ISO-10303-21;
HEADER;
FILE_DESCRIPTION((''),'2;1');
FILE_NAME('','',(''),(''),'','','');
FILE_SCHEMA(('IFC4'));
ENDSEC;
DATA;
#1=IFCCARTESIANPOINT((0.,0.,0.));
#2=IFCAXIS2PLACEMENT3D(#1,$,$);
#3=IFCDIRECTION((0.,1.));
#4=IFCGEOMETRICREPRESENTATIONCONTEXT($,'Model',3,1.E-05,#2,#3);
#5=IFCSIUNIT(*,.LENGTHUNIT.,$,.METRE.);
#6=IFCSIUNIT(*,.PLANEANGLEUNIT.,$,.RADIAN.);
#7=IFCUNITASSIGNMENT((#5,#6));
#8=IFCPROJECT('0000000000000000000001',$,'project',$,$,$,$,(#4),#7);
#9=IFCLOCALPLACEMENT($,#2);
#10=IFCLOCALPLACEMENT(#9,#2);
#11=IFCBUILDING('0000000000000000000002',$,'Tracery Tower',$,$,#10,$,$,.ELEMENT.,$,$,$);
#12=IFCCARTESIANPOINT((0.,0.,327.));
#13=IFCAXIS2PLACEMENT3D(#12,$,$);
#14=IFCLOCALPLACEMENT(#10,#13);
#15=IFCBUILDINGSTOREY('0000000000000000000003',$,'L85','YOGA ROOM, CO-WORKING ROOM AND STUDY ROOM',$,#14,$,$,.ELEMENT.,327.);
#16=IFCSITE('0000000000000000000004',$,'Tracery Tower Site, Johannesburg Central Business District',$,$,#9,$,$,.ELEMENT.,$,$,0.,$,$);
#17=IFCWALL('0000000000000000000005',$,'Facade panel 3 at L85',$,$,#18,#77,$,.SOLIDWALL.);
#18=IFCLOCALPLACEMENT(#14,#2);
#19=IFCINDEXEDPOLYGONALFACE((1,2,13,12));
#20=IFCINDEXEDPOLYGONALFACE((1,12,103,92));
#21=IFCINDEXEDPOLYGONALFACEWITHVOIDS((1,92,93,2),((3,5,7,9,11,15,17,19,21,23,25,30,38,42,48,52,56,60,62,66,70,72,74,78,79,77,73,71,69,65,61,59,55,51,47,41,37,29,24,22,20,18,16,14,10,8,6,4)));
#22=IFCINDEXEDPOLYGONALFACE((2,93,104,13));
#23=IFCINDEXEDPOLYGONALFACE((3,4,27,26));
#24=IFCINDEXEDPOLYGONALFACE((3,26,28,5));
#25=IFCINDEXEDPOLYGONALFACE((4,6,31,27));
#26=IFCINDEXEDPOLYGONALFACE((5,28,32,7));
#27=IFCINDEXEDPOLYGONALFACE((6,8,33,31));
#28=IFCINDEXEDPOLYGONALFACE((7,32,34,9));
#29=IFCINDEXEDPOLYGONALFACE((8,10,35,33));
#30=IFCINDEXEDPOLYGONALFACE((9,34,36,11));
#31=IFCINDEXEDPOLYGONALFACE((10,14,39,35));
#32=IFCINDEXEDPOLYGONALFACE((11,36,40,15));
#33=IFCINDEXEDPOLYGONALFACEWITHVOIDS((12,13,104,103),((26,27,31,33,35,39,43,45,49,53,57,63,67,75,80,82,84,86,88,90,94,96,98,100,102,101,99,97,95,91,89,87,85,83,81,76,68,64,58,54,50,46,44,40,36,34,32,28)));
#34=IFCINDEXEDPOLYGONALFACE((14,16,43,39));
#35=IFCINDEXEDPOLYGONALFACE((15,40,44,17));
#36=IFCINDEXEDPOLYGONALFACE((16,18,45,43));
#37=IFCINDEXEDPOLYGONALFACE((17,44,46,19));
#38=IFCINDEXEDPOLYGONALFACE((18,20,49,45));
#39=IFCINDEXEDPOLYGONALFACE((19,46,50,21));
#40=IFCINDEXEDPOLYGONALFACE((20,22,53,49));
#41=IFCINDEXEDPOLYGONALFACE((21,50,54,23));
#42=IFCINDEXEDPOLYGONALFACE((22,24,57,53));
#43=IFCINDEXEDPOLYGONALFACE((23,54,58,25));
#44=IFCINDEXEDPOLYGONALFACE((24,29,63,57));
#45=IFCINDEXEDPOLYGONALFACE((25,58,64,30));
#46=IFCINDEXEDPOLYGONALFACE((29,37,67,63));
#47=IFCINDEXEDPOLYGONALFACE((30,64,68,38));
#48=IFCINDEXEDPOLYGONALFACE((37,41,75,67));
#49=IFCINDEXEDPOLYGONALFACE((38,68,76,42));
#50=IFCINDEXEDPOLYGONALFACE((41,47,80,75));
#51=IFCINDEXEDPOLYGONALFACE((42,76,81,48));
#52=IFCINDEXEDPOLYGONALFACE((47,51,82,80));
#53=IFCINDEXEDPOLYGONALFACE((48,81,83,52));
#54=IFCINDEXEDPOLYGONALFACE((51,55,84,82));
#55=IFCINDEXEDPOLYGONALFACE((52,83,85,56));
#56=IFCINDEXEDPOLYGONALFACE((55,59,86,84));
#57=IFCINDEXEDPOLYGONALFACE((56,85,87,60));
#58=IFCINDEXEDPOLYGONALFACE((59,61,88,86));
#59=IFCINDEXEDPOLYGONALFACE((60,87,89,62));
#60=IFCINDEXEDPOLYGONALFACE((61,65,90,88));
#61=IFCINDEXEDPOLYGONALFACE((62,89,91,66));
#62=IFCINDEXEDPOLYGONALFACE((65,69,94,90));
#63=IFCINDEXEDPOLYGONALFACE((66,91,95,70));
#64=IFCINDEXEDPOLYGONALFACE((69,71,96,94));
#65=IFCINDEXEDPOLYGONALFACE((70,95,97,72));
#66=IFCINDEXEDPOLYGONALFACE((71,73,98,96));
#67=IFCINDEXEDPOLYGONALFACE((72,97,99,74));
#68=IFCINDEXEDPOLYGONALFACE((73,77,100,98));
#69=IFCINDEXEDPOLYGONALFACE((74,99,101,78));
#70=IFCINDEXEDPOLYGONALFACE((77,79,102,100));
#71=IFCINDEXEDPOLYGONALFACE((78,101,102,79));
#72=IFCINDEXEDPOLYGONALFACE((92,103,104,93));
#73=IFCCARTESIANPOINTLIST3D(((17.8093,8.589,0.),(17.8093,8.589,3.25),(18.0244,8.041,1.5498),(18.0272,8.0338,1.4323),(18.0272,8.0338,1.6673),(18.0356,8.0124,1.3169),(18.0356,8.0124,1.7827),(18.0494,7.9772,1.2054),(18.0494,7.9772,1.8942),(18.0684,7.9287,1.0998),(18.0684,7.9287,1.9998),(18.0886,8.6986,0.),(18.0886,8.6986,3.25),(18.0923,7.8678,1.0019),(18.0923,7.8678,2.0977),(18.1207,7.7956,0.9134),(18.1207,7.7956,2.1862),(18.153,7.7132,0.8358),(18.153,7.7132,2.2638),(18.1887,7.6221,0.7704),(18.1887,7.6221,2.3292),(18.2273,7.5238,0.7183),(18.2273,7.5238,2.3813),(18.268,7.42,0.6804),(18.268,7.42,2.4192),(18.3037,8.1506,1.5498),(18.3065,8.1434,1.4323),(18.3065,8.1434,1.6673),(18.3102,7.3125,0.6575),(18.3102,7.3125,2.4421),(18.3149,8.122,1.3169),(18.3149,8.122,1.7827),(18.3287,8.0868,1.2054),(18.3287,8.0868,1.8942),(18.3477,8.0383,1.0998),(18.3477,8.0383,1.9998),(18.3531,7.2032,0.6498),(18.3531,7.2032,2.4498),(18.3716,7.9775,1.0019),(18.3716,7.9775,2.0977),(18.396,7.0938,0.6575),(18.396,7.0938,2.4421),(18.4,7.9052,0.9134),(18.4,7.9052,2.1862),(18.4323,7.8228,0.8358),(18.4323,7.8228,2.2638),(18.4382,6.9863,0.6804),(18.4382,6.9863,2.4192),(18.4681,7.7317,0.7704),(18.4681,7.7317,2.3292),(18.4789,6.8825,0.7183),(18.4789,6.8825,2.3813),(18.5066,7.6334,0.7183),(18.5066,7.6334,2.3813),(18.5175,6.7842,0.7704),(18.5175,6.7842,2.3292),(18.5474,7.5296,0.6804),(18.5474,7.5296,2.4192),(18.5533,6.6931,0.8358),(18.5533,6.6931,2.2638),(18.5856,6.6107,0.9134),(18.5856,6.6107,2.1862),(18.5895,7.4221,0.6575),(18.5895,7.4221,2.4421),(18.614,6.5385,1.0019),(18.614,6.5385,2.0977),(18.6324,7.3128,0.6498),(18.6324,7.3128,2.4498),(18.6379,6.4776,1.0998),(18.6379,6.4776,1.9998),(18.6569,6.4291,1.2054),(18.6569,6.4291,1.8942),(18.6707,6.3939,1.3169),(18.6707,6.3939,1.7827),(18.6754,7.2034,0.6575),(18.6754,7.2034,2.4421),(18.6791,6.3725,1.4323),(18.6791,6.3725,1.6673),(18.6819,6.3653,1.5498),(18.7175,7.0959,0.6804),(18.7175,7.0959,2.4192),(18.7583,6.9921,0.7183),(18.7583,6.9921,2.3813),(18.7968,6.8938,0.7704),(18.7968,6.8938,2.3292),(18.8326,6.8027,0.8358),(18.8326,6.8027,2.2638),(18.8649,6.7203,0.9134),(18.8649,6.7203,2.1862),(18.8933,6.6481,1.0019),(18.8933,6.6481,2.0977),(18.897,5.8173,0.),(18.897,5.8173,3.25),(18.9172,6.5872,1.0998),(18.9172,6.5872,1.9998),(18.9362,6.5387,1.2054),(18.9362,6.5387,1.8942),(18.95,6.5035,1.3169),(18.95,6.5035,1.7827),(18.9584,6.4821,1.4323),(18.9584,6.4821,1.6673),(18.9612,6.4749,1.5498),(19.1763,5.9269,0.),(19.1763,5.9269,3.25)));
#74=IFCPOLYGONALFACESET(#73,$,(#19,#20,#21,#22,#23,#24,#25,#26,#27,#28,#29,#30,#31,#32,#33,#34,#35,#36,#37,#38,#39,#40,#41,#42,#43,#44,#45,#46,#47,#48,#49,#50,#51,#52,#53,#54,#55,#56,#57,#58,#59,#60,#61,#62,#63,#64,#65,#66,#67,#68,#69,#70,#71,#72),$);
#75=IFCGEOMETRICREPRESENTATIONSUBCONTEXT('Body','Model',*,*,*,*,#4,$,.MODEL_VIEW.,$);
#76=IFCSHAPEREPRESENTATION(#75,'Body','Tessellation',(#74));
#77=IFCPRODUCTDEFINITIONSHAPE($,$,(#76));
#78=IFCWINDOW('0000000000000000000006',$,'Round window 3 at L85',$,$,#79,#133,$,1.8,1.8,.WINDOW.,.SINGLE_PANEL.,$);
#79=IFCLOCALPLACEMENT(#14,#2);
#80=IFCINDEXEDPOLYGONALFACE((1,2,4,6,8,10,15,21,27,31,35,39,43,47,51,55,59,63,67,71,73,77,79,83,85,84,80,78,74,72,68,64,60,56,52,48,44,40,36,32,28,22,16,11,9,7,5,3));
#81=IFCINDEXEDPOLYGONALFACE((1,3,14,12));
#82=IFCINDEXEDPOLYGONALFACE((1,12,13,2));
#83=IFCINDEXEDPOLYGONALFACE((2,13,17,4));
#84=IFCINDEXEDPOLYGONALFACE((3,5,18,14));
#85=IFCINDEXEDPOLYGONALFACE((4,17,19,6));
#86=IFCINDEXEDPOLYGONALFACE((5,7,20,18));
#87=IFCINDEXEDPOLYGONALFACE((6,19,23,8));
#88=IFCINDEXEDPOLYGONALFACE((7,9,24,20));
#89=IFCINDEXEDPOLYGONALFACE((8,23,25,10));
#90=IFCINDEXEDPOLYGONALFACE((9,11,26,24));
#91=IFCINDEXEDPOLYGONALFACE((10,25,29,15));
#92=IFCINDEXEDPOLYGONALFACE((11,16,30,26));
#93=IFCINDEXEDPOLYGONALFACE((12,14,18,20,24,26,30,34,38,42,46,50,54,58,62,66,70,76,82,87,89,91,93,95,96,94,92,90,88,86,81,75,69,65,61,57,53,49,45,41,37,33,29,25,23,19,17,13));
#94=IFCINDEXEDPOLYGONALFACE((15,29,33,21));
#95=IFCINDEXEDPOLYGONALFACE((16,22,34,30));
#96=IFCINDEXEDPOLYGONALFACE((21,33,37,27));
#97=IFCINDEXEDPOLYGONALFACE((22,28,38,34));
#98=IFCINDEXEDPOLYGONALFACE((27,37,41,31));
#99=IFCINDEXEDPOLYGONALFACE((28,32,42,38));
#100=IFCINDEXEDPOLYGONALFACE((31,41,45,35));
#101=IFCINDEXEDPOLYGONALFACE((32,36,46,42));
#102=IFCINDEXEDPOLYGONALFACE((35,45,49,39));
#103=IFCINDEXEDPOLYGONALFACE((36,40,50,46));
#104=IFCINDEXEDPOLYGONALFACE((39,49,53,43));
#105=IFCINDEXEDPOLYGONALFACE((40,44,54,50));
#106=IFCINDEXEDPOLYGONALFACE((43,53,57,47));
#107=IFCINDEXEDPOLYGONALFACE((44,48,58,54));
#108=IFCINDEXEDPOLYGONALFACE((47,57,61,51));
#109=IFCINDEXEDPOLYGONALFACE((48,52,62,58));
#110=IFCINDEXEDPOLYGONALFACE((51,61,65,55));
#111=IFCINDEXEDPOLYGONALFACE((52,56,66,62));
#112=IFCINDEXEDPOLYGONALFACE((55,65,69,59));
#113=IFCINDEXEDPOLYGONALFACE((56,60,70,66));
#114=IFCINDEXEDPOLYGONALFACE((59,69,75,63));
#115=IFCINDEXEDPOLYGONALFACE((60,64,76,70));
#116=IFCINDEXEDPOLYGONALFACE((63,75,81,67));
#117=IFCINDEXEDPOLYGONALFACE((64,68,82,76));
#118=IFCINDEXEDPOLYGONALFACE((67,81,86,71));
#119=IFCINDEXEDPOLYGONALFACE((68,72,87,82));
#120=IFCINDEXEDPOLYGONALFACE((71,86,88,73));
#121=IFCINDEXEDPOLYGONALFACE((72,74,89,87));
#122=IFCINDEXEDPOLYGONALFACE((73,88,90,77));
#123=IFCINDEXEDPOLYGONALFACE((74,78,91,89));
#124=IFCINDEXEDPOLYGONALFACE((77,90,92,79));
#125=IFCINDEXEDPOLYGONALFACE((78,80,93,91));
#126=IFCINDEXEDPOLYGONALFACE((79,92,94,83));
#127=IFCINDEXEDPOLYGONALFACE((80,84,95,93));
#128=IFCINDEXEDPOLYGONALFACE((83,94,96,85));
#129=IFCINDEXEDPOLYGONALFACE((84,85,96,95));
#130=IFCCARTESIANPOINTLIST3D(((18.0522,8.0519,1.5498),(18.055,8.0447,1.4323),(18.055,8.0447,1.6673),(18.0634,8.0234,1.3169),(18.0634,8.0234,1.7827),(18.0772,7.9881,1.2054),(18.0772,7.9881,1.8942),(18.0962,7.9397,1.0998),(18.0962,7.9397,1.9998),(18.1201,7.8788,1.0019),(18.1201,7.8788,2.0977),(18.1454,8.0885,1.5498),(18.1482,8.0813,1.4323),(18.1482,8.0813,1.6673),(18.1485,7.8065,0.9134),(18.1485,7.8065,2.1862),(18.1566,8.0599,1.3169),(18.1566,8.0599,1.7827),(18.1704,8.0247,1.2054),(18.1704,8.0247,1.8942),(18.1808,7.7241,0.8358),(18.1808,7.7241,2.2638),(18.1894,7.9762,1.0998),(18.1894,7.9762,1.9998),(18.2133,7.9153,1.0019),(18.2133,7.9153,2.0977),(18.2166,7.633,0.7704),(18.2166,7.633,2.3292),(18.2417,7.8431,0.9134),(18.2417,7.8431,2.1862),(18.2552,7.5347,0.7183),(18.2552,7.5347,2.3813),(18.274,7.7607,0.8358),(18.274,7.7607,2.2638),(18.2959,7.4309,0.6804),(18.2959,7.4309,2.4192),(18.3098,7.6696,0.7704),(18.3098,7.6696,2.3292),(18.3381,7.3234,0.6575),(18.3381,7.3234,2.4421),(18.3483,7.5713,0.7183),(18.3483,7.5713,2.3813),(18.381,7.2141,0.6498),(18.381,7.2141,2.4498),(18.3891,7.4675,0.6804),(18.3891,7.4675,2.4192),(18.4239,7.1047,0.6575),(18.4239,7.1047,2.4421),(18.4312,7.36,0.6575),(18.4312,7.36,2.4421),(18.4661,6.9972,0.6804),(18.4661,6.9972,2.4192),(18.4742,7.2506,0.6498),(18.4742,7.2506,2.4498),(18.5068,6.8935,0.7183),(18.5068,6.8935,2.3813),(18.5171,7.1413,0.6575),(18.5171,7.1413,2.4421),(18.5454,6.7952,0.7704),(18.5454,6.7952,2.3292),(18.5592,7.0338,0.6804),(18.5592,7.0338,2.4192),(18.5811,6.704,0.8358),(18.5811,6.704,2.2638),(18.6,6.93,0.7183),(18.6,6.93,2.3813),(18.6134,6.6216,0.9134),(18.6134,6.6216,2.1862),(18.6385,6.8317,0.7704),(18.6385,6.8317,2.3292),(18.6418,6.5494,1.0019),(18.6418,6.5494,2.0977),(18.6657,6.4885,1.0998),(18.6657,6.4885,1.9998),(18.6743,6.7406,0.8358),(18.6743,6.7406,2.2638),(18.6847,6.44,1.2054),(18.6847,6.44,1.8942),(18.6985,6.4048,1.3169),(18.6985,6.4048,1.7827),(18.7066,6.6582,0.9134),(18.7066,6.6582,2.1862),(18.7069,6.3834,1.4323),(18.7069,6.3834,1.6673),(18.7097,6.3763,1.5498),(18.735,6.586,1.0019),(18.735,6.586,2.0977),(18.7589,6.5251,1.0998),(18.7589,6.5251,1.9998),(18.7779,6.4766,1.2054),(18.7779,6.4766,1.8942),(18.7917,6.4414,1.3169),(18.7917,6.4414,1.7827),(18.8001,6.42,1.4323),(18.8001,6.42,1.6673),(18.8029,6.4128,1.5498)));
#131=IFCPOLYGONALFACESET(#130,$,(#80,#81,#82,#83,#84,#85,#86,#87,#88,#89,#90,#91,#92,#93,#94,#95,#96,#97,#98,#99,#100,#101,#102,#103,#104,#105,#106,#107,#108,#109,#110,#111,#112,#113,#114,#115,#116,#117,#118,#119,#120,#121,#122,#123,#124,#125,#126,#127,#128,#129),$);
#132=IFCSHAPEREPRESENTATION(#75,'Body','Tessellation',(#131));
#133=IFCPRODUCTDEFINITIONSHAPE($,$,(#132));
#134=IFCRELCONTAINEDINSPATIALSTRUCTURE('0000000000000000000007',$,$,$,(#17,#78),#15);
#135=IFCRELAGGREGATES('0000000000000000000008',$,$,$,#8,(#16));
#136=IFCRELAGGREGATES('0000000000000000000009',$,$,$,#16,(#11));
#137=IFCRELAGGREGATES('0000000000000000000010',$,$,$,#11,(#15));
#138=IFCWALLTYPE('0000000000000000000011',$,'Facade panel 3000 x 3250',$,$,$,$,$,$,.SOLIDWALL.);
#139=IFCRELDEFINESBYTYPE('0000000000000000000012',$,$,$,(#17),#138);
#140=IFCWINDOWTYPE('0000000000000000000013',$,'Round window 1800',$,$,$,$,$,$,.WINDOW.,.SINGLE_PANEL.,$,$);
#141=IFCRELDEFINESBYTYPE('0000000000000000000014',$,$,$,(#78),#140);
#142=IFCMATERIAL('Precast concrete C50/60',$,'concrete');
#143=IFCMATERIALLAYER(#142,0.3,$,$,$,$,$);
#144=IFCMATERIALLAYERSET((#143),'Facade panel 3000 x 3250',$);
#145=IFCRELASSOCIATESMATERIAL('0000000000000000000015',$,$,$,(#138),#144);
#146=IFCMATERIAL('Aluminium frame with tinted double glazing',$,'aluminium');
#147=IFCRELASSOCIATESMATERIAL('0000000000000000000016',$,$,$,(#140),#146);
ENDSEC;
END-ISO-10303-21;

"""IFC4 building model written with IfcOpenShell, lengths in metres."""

from ifc_helpers import new_model, si_unit, direction, frame, frame_2d, origin, origin_2d, place, context, subcontext, project, spatial, rectangle, circle, extrude, material, layer, layer_set, type_object, element, fill, save


model = new_model("IFC4")

# Units and contexts
model_context = context("Model", 3, precision=1e-05, world=origin(), true_north=direction((0.0, 1.0)))
body_context = subcontext(model_context, "Body", "Model", "MODEL_VIEW")
ifc_project = project(units=[si_unit("LENGTHUNIT", "METRE"), si_unit("PLANEANGLEUNIT", "RADIAN")], contexts=[model_context])

# Site, building, storey
site_placement = place(None, origin())
site = spatial("IfcSite", under=ifc_project, at=site_placement, Name="Tracery Tower Site, Johannesburg Central Business District", CompositionType="ELEMENT", RefElevation=0.0)
building_placement = place(site_placement, origin())
building = spatial("IfcBuilding", under=site, at=building_placement, Name="Tracery Tower", CompositionType="ELEMENT")
storey_placement = place(building_placement, frame((0.0, 0.0, 327.0)))
storey = spatial("IfcBuildingStorey", under=building, at=storey_placement, Name="L85", Description="YOGA ROOM, CO-WORKING ROOM AND STUDY ROOM", CompositionType="ELEMENT", Elevation=327.0)

# Wall, opening, window
ifc_material_1 = material(Name="Precast concrete C50/60", Category="concrete")
ifc_layer_1 = layer(ifc_material_1, 0.3)
ifc_layer_set_1 = layer_set([ifc_layer_1], Name="Facade panel 3000 x 3250")
wall_type_1 = type_object("IfcWallType", Name="Facade panel 3000 x 3250", PredefinedType="SOLIDWALL", material=ifc_layer_set_1)
ifc_material_2 = material(Name="Aluminium frame with tinted double glazing", Category="aluminium")
window_type = type_object("IfcWindowType", Name="Round window 1800", PartitioningType="SINGLE_PANEL", PredefinedType="WINDOW", material=ifc_material_2)
wall_1_placement = place(storey_placement, frame((19.0366, 5.8721, 0.0), z_axis=(0.0, 0.0, 1.0), x_axis=(-0.36529, 0.930894, 0.0)))
wall_1 = element("IfcWall", 1, at=wall_1_placement, inside=storey, type_object=wall_type_1, Name="Facade panel 3 at L85", PredefinedType="SOLIDWALL", context=body_context, shape_type="SweptSolid", body=[
    extrude(rectangle(XDim=2.9775, YDim=0.3, at=frame_2d((1.4888, 0.0))), origin(), (0.0, 0.0, 1.0), 3.25),
])
opening_1_placement = place(wall_1_placement, frame((1.4888, 0.0, 1.5498)))
opening_1 = element("IfcOpeningElement", 2, at=opening_1_placement, cuts=wall_1, PredefinedType="OPENING", context=body_context, shape_type="SweptSolid", body=[
    extrude(circle(Radius=0.9, at=origin_2d()), frame((0.0, 0.1599, 0.0), z_axis=(0.0, -1.0, 0.0), x_axis=(1.0, 0.0, 0.0)), (0.0, 0.0, 1.0), 0.3201),
])
window_1_placement = place(opening_1_placement, origin())
window_1 = element("IfcWindow", 3, at=window_1_placement, inside=storey, type_object=window_type, Name="Round window 3 at L85", OverallHeight=1.8, OverallWidth=1.8, PartitioningType="SINGLE_PANEL", PredefinedType="WINDOW", context=body_context, shape_type="SweptSolid", body=[
    extrude(circle(Radius=0.9, at=origin_2d()), frame((0.0, 0.1201, 0.0), z_axis=(0.0, -1.0, 0.0), x_axis=(1.0, 0.0, 0.0)), (0.0, 0.0, 1.0), 0.1001),
])
fill(opening_1, window_1)

save(model, "model.ifc")
